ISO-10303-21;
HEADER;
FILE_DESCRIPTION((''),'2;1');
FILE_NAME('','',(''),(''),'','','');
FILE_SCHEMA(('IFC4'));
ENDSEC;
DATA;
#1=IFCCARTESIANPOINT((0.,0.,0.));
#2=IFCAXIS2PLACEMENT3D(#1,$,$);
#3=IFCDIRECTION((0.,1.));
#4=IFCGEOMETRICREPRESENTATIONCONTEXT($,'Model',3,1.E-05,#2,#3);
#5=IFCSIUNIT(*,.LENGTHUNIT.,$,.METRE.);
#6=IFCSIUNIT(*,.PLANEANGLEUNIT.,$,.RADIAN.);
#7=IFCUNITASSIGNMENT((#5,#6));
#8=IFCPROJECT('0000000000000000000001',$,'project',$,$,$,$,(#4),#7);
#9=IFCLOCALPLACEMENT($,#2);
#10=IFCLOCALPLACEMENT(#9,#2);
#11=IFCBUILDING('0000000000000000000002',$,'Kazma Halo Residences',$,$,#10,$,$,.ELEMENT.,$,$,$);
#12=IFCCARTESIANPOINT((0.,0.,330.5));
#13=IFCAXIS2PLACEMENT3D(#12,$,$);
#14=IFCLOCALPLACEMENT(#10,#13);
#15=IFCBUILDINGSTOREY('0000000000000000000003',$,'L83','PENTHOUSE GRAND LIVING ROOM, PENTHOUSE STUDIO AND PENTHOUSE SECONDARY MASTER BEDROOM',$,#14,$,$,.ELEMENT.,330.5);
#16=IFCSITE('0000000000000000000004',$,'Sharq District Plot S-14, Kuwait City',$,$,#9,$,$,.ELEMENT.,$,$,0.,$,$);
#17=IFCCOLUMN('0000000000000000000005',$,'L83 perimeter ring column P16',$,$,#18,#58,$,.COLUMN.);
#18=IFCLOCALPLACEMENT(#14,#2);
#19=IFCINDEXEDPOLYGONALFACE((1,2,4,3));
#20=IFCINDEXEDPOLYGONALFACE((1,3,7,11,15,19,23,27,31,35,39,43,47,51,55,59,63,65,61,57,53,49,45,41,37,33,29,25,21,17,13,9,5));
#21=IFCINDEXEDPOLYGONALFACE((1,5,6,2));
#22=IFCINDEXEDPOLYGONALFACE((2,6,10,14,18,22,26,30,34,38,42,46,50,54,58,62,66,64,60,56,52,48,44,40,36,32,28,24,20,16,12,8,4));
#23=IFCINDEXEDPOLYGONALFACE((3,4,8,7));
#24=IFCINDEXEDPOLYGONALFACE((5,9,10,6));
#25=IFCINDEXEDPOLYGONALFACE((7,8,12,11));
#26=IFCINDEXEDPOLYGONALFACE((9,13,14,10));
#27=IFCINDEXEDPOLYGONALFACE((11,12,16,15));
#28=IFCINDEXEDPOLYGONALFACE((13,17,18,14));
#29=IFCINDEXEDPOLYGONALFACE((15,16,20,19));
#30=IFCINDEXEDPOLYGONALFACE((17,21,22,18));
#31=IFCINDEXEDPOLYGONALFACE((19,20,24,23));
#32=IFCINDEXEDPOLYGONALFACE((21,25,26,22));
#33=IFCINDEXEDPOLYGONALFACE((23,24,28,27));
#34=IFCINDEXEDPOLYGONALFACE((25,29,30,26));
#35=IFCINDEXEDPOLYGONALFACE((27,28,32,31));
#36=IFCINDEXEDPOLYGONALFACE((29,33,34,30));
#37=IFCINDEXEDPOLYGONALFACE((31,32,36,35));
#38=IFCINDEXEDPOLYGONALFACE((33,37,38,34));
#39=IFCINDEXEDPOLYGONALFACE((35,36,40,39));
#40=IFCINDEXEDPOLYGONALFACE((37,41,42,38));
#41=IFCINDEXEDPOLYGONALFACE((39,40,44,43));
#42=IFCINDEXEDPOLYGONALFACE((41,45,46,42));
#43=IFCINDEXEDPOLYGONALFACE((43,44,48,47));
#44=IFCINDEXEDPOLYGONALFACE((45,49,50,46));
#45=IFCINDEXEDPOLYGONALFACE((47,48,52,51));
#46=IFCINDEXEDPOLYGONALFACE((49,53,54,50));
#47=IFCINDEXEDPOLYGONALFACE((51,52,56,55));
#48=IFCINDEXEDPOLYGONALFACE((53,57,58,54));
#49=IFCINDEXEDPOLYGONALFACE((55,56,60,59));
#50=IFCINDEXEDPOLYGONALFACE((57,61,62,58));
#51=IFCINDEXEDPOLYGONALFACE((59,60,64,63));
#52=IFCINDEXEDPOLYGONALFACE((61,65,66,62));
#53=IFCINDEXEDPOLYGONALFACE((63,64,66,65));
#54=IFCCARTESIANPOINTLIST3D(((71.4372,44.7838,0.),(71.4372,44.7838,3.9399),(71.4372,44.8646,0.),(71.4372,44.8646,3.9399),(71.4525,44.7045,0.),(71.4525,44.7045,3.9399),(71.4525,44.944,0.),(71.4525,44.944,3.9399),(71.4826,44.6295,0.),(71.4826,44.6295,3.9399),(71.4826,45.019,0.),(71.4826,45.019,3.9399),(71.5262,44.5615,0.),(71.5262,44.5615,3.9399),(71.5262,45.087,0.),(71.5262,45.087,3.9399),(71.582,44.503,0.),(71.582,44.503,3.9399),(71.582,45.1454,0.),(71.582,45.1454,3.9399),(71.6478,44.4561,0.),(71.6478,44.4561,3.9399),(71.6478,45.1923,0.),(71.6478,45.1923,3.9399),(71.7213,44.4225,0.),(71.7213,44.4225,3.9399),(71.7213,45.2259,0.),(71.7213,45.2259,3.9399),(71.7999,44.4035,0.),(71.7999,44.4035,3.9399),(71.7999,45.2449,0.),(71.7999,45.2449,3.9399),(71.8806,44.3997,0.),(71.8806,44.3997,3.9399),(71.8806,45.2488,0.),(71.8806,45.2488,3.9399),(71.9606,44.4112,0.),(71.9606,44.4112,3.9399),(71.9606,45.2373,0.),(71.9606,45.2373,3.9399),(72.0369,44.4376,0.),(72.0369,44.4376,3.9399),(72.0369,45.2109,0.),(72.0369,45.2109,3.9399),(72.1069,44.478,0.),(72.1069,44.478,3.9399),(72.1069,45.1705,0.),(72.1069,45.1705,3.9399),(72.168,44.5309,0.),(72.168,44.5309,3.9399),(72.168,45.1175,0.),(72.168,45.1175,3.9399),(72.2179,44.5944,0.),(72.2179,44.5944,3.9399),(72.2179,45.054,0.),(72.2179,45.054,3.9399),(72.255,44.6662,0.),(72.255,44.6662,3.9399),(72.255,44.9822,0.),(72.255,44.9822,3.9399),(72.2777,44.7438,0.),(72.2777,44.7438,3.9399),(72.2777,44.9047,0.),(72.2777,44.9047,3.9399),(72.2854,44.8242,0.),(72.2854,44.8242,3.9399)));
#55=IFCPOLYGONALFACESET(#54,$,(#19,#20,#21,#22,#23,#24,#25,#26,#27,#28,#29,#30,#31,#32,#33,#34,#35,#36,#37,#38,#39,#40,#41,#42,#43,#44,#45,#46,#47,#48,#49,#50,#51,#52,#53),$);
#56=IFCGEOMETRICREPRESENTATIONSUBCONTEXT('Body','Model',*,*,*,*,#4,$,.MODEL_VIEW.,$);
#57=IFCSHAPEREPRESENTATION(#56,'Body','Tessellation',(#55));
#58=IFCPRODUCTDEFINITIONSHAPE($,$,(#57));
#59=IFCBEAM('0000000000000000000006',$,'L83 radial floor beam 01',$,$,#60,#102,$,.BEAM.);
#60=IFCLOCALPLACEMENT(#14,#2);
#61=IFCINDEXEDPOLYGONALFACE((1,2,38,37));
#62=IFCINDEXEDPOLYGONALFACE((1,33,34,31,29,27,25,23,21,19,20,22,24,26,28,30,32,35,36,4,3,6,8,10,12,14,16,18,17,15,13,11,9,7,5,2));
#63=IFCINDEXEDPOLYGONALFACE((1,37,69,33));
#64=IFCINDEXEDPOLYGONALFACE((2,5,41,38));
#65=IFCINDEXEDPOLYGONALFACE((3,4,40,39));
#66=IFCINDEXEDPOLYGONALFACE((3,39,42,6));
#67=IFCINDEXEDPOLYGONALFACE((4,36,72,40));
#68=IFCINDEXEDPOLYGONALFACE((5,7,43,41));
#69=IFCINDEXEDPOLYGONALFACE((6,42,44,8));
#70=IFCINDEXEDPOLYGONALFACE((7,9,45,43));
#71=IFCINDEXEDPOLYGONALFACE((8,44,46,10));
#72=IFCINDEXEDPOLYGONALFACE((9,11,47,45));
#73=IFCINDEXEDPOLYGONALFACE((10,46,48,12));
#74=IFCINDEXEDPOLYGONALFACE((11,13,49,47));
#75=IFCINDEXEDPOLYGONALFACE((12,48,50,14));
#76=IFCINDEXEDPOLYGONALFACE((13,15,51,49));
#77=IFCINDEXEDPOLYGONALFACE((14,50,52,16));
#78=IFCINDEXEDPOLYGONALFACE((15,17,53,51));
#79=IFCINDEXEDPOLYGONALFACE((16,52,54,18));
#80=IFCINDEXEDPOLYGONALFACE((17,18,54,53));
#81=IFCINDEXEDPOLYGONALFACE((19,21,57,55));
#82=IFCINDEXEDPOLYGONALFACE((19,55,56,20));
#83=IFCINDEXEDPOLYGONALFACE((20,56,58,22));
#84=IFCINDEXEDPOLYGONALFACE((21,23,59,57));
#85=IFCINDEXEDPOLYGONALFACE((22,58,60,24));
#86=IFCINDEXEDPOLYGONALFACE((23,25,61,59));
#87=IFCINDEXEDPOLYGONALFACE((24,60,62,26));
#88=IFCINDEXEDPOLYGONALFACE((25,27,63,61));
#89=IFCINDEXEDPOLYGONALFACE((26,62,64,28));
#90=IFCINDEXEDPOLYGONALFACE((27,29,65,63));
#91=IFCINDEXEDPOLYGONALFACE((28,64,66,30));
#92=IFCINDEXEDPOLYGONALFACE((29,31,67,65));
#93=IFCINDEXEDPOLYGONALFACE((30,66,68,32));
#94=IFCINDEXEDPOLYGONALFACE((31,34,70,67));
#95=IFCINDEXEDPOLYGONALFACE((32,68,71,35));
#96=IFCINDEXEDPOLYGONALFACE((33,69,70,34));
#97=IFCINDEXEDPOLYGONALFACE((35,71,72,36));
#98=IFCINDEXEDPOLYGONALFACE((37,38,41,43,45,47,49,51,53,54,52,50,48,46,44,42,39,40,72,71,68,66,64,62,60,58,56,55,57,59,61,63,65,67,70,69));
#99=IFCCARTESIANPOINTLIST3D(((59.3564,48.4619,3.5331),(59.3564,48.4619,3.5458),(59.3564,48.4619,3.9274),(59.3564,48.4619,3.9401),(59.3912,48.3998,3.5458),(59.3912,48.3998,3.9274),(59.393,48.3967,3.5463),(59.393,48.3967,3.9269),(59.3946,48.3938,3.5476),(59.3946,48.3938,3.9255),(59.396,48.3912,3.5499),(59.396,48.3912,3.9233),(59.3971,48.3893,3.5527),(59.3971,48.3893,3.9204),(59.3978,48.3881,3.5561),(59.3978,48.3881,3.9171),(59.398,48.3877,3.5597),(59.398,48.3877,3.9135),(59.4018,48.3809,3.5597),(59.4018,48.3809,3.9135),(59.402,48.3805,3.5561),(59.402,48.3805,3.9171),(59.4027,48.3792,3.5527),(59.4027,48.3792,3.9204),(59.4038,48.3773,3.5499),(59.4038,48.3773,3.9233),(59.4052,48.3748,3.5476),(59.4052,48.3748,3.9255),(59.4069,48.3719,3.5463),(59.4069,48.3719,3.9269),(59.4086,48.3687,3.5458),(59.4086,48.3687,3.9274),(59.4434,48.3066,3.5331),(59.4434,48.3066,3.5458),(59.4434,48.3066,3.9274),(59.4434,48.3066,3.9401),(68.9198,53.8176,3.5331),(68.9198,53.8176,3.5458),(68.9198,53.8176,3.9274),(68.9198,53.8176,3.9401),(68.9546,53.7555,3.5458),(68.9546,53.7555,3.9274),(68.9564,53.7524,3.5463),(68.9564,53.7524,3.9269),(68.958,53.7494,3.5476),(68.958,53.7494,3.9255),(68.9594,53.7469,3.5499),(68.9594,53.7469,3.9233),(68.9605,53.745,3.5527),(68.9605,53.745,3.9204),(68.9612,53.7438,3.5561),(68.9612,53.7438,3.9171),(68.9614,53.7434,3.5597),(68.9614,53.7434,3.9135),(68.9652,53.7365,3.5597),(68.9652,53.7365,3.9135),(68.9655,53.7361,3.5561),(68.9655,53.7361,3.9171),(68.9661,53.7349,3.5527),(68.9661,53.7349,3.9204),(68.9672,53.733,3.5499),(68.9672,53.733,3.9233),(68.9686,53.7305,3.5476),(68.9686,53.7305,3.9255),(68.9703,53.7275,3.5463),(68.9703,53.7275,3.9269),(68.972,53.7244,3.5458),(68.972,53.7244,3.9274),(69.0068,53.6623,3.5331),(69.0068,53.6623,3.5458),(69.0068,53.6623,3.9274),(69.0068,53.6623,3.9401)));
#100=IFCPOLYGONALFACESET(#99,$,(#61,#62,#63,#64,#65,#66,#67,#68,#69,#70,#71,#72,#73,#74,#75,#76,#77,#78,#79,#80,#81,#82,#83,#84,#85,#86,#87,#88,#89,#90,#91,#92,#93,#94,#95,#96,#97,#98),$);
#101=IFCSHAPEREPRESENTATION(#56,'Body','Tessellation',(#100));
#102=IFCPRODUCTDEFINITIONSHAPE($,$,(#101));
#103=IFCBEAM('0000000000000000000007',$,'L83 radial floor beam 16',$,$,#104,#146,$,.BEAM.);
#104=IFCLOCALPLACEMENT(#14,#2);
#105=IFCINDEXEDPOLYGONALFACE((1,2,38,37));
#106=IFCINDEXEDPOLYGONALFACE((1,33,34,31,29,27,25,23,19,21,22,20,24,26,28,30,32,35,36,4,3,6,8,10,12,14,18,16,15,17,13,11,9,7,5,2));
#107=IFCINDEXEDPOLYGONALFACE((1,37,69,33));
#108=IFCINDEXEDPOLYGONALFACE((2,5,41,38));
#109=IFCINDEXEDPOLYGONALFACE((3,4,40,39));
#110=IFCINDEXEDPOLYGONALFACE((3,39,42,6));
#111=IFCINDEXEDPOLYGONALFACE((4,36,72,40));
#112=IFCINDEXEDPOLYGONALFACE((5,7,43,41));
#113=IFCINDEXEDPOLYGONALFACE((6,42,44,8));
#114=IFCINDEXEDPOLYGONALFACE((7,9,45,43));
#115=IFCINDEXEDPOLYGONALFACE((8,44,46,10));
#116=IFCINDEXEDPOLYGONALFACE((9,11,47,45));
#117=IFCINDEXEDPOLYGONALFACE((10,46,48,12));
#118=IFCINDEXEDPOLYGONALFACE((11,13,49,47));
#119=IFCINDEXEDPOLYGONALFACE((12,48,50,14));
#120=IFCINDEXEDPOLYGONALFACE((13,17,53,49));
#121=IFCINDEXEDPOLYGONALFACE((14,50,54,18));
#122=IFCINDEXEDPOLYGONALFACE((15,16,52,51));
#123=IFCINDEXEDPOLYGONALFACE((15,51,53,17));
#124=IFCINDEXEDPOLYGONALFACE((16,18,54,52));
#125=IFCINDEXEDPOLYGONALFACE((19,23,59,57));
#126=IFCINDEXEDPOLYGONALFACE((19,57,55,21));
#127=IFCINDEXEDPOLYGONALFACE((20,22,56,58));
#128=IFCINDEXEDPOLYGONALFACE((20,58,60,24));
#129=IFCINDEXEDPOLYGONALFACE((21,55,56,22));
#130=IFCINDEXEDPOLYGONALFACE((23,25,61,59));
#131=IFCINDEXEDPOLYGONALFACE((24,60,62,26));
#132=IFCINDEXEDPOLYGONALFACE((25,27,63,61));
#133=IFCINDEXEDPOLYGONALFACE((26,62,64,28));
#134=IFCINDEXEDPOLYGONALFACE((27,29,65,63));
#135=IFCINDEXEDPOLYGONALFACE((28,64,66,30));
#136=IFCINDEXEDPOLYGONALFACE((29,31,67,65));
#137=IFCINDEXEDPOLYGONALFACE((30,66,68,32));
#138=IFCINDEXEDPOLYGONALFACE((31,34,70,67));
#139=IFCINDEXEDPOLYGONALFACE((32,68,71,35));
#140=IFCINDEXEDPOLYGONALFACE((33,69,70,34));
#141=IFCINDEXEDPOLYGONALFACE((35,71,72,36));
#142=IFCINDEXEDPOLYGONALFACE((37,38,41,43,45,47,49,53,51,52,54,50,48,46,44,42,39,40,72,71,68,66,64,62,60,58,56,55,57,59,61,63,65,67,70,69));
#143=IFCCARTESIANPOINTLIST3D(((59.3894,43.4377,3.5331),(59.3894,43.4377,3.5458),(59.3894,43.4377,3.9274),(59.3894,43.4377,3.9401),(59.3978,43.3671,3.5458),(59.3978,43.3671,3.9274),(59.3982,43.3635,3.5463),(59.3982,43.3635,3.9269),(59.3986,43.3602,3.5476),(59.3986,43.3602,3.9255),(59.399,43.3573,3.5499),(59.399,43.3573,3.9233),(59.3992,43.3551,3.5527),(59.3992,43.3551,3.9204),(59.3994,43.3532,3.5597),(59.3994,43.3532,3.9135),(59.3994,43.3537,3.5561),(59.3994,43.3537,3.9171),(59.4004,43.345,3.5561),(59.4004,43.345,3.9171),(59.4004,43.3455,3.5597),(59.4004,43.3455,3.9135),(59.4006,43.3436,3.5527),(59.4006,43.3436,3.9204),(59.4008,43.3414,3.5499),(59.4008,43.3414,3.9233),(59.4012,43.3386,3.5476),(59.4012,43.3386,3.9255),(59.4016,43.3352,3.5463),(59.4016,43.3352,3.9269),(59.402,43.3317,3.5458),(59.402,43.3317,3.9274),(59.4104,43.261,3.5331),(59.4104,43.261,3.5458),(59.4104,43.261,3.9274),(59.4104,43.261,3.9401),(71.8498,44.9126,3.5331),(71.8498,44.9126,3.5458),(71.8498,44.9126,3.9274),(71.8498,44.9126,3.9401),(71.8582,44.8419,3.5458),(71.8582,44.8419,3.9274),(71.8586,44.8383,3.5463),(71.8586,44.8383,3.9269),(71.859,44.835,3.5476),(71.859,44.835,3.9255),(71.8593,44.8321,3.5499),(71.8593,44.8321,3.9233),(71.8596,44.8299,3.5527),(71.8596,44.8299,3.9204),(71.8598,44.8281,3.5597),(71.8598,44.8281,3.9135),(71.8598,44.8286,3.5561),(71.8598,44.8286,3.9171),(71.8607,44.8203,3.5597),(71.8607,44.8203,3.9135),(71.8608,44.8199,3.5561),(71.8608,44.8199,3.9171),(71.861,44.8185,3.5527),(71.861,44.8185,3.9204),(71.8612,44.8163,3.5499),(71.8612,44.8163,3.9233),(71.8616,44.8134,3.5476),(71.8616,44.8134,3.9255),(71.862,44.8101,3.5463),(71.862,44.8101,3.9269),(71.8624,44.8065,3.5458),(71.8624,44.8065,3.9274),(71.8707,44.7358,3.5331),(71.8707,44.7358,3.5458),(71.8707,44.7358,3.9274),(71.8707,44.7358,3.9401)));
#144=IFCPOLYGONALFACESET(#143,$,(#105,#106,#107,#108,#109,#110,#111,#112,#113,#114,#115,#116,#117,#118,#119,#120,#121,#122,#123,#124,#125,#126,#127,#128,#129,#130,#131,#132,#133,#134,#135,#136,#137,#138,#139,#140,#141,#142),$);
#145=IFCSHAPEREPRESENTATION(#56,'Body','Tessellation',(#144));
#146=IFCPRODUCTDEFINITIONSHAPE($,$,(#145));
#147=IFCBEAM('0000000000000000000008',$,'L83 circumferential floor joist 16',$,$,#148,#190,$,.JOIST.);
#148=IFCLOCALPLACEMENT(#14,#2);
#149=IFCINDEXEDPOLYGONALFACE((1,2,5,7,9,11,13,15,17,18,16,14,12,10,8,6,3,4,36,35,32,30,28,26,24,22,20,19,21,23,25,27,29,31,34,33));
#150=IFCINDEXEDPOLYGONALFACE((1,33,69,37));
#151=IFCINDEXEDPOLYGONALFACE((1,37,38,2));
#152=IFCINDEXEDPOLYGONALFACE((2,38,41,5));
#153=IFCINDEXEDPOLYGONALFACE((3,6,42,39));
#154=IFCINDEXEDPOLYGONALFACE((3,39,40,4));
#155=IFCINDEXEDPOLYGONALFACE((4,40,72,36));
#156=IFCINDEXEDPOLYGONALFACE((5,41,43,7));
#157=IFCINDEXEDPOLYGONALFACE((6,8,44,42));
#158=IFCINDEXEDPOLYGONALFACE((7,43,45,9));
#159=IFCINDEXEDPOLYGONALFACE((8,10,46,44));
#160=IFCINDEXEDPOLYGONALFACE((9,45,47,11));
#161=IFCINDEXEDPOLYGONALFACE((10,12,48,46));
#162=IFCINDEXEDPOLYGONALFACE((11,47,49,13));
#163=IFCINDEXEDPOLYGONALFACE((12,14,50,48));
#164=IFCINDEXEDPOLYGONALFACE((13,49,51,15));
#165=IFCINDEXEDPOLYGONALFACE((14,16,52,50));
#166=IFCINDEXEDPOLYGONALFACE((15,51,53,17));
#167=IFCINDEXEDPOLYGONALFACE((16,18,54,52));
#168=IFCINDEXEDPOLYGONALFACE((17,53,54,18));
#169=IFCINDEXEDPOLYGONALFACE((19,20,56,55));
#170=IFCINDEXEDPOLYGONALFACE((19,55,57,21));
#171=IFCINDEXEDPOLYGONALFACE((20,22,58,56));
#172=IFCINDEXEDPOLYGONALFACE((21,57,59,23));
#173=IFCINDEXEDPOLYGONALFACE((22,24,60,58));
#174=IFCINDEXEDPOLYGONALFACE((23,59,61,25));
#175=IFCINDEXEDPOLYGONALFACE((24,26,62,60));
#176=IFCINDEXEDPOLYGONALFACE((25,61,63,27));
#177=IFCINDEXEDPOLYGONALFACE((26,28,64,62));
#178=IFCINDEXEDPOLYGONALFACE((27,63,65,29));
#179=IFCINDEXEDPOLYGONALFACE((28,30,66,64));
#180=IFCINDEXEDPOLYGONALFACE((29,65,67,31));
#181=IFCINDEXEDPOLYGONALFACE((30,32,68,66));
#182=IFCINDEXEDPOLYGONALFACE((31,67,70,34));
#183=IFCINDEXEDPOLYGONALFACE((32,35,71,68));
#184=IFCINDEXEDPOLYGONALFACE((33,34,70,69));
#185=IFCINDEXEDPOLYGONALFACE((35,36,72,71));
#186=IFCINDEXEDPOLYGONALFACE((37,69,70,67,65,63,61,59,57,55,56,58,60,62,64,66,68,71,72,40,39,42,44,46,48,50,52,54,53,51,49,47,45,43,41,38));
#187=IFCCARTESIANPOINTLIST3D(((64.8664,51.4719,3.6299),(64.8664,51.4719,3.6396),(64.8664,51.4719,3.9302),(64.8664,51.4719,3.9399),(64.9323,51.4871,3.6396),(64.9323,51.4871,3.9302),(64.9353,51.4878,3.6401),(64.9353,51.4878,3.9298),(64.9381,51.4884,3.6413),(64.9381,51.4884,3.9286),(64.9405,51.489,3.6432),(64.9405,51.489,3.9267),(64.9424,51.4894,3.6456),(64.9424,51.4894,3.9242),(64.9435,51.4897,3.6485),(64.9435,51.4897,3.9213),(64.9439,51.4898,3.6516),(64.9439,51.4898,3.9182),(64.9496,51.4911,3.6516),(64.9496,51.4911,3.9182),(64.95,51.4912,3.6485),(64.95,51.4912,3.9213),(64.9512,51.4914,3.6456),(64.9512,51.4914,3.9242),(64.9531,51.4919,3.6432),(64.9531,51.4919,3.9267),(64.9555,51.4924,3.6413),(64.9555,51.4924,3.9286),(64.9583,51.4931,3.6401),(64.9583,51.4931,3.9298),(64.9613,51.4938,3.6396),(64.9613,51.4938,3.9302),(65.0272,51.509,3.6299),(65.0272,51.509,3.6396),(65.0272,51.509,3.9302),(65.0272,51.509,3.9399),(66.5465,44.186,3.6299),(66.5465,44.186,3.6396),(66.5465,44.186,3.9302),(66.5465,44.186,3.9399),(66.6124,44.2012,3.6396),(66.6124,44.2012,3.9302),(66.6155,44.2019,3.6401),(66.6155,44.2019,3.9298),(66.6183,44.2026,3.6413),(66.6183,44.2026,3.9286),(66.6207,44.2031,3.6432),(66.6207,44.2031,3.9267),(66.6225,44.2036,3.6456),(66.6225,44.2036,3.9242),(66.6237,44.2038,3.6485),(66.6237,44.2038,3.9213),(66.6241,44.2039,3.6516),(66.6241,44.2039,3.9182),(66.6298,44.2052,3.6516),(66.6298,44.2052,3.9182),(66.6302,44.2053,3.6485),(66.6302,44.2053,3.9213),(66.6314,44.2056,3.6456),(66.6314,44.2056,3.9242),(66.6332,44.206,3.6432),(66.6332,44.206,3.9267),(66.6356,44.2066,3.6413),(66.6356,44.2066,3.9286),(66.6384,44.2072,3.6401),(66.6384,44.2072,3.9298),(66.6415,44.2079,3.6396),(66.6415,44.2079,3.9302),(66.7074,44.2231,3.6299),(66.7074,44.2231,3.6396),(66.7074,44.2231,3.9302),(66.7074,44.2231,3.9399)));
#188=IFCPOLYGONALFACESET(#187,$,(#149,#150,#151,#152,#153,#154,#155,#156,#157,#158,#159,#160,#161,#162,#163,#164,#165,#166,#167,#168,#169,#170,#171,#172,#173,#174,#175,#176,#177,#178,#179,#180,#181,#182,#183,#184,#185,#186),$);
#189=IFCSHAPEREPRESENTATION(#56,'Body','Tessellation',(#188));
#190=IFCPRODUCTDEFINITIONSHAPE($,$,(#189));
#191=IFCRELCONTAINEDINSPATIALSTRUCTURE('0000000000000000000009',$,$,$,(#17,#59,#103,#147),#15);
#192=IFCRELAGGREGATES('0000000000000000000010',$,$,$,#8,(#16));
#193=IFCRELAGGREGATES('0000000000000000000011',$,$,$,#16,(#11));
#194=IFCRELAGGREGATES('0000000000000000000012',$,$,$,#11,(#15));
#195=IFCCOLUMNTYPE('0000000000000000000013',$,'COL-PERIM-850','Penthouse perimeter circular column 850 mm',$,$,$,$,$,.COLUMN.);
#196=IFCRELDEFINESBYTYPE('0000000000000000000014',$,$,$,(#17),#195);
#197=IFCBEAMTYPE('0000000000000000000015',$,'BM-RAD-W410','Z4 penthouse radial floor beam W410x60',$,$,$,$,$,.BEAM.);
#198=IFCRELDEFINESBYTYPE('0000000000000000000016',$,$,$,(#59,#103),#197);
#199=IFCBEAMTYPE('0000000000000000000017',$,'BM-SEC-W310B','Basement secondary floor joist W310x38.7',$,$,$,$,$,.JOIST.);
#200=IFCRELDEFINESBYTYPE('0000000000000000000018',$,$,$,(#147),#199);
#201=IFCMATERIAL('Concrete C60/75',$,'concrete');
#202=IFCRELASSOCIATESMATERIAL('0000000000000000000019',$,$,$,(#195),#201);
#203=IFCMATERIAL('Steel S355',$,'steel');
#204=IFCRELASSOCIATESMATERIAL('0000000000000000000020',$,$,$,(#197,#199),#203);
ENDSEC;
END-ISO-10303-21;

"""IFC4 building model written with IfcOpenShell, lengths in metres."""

from ifc_helpers import new_model, si_unit, direction, frame, origin, origin_2d, place, context, subcontext, project, spatial, circle, i_section, extrude, material, material_profile, profile_set, type_object, element, save


model = new_model("IFC4")

# Units and contexts
model_context = context("Model", 3, precision=1e-05, world=origin(), true_north=direction((0.0, 1.0)))
body_context = subcontext(model_context, "Body", "Model", "MODEL_VIEW")
ifc_project = project(units=[si_unit("LENGTHUNIT", "METRE"), si_unit("PLANEANGLEUNIT", "RADIAN")], contexts=[model_context])

# Site, building, storey
site_placement = place(None, origin())
site = spatial("IfcSite", under=ifc_project, at=site_placement, Name="Sharq District Plot S-14, Kuwait City", CompositionType="ELEMENT", RefElevation=0.0)
building_placement = place(site_placement, origin())
building = spatial("IfcBuilding", under=site, at=building_placement, Name="Kazma Halo Residences", CompositionType="ELEMENT")
storey_placement = place(building_placement, frame((0.0, 0.0, 330.5)))
storey = spatial("IfcBuildingStorey", under=building, at=storey_placement, Name="L83", Description="PENTHOUSE GRAND LIVING ROOM, PENTHOUSE STUDIO AND PENTHOUSE SECONDARY MASTER BEDROOM", CompositionType="ELEMENT", Elevation=330.5)

# Column
ifc_material_1 = material(Name="Concrete C60/75", Category="concrete")
ifc_material_profile_1 = material_profile(ifc_material_1, circle(Radius=0.425, at=origin_2d()), Name="CIRC850")
ifc_profile_set_1 = profile_set([ifc_material_profile_1], Name="Concrete C60/75")
column_type = type_object("IfcColumnType", Name="COL-PERIM-850", Description="Penthouse perimeter circular column 850 mm", PredefinedType="COLUMN", material=ifc_profile_set_1)
column_placement = place(storey_placement, frame((71.8604, 44.8242, 0.0), z_axis=(0.0, 0.0, 1.0), x_axis=(1.0, 0.0, 0.0)))
element("IfcColumn", 1, at=column_placement, inside=storey, type_object=column_type, Name="L83 perimeter ring column P16", PredefinedType="COLUMN", context=body_context, shape_type="SweptSolid", body=[
    extrude(circle(Radius=0.425, at=origin_2d()), origin(), (0.0, 0.0, 1.0), 3.9399),
])

# Beams
ifc_material_2 = material(Name="Steel S355", Category="steel")
ifc_material_profile_2 = material_profile(ifc_material_2, i_section(OverallWidth=0.178, OverallDepth=0.407, WebThickness=0.0078, FlangeThickness=0.0127, FilletRadius=0.0139, at=origin_2d()), Name="W410x60")
ifc_profile_set_2 = profile_set([ifc_material_profile_2], Name="Steel S355")
beam_type_1 = type_object("IfcBeamType", Name="BM-RAD-W410", Description="Z4 penthouse radial floor beam W410x60", PredefinedType="BEAM", material=ifc_profile_set_2)
beam_1_placement = place(storey_placement, frame((59.3999, 48.3843, 3.7366), z_axis=(0.8725, 0.488615, 0.0), x_axis=(-0.488615, 0.8725, 0.0)))
element("IfcBeam", 2, at=beam_1_placement, inside=storey, type_object=beam_type_1, Name="L83 radial floor beam 01", PredefinedType="BEAM", context=body_context, shape_type="SweptSolid", body=[
    extrude(i_section(OverallWidth=0.178, OverallDepth=0.407, WebThickness=0.0078, FlangeThickness=0.0127, FilletRadius=0.0139, at=origin_2d()), origin(), (0.0, 0.0, 1.0), 10.9609),
])
beam_2_placement = place(storey_placement, frame((59.3999, 43.3494, 3.7366), z_axis=(0.993068, 0.117542, 0.0), x_axis=(-0.117542, 0.993068, 0.0)))
element("IfcBeam", 3, at=beam_2_placement, inside=storey, type_object=beam_type_1, Name="L83 radial floor beam 16", PredefinedType="BEAM", context=body_context, shape_type="SweptSolid", body=[
    extrude(i_section(OverallWidth=0.178, OverallDepth=0.407, WebThickness=0.0078, FlangeThickness=0.0127, FilletRadius=0.0139, at=origin_2d()), origin(), (0.0, 0.0, 1.0), 12.5474),
])
ifc_material_profile_3 = material_profile(ifc_material_2, i_section(OverallWidth=0.165, OverallDepth=0.3101, WebThickness=0.0059, FlangeThickness=0.0098, FilletRadius=0.012, at=origin_2d()), Name="W310x38.7")
ifc_profile_set_3 = profile_set([ifc_material_profile_3], Name="Steel S355")
beam_type_2 = type_object("IfcBeamType", Name="BM-SEC-W310B", Description="Basement secondary floor joist W310x38.7", PredefinedType="JOIST", material=ifc_profile_set_3)
beam_3_placement = place(storey_placement, frame((66.627, 44.2046, 3.7849), z_axis=(-0.224709, 0.974426, 0.0), x_axis=(-0.974426, -0.224709, 0.0)))
element("IfcBeam", 4, at=beam_3_placement, inside=storey, type_object=beam_type_2, Name="L83 circumferential floor joist 16", PredefinedType="JOIST", context=body_context, shape_type="SweptSolid", body=[
    extrude(i_section(OverallWidth=0.165, OverallDepth=0.3101, WebThickness=0.0059, FlangeThickness=0.0098, FilletRadius=0.012, at=origin_2d()), origin(), (0.0, 0.0, 1.0), 7.4771),
])

save(model, "model.ifc")
